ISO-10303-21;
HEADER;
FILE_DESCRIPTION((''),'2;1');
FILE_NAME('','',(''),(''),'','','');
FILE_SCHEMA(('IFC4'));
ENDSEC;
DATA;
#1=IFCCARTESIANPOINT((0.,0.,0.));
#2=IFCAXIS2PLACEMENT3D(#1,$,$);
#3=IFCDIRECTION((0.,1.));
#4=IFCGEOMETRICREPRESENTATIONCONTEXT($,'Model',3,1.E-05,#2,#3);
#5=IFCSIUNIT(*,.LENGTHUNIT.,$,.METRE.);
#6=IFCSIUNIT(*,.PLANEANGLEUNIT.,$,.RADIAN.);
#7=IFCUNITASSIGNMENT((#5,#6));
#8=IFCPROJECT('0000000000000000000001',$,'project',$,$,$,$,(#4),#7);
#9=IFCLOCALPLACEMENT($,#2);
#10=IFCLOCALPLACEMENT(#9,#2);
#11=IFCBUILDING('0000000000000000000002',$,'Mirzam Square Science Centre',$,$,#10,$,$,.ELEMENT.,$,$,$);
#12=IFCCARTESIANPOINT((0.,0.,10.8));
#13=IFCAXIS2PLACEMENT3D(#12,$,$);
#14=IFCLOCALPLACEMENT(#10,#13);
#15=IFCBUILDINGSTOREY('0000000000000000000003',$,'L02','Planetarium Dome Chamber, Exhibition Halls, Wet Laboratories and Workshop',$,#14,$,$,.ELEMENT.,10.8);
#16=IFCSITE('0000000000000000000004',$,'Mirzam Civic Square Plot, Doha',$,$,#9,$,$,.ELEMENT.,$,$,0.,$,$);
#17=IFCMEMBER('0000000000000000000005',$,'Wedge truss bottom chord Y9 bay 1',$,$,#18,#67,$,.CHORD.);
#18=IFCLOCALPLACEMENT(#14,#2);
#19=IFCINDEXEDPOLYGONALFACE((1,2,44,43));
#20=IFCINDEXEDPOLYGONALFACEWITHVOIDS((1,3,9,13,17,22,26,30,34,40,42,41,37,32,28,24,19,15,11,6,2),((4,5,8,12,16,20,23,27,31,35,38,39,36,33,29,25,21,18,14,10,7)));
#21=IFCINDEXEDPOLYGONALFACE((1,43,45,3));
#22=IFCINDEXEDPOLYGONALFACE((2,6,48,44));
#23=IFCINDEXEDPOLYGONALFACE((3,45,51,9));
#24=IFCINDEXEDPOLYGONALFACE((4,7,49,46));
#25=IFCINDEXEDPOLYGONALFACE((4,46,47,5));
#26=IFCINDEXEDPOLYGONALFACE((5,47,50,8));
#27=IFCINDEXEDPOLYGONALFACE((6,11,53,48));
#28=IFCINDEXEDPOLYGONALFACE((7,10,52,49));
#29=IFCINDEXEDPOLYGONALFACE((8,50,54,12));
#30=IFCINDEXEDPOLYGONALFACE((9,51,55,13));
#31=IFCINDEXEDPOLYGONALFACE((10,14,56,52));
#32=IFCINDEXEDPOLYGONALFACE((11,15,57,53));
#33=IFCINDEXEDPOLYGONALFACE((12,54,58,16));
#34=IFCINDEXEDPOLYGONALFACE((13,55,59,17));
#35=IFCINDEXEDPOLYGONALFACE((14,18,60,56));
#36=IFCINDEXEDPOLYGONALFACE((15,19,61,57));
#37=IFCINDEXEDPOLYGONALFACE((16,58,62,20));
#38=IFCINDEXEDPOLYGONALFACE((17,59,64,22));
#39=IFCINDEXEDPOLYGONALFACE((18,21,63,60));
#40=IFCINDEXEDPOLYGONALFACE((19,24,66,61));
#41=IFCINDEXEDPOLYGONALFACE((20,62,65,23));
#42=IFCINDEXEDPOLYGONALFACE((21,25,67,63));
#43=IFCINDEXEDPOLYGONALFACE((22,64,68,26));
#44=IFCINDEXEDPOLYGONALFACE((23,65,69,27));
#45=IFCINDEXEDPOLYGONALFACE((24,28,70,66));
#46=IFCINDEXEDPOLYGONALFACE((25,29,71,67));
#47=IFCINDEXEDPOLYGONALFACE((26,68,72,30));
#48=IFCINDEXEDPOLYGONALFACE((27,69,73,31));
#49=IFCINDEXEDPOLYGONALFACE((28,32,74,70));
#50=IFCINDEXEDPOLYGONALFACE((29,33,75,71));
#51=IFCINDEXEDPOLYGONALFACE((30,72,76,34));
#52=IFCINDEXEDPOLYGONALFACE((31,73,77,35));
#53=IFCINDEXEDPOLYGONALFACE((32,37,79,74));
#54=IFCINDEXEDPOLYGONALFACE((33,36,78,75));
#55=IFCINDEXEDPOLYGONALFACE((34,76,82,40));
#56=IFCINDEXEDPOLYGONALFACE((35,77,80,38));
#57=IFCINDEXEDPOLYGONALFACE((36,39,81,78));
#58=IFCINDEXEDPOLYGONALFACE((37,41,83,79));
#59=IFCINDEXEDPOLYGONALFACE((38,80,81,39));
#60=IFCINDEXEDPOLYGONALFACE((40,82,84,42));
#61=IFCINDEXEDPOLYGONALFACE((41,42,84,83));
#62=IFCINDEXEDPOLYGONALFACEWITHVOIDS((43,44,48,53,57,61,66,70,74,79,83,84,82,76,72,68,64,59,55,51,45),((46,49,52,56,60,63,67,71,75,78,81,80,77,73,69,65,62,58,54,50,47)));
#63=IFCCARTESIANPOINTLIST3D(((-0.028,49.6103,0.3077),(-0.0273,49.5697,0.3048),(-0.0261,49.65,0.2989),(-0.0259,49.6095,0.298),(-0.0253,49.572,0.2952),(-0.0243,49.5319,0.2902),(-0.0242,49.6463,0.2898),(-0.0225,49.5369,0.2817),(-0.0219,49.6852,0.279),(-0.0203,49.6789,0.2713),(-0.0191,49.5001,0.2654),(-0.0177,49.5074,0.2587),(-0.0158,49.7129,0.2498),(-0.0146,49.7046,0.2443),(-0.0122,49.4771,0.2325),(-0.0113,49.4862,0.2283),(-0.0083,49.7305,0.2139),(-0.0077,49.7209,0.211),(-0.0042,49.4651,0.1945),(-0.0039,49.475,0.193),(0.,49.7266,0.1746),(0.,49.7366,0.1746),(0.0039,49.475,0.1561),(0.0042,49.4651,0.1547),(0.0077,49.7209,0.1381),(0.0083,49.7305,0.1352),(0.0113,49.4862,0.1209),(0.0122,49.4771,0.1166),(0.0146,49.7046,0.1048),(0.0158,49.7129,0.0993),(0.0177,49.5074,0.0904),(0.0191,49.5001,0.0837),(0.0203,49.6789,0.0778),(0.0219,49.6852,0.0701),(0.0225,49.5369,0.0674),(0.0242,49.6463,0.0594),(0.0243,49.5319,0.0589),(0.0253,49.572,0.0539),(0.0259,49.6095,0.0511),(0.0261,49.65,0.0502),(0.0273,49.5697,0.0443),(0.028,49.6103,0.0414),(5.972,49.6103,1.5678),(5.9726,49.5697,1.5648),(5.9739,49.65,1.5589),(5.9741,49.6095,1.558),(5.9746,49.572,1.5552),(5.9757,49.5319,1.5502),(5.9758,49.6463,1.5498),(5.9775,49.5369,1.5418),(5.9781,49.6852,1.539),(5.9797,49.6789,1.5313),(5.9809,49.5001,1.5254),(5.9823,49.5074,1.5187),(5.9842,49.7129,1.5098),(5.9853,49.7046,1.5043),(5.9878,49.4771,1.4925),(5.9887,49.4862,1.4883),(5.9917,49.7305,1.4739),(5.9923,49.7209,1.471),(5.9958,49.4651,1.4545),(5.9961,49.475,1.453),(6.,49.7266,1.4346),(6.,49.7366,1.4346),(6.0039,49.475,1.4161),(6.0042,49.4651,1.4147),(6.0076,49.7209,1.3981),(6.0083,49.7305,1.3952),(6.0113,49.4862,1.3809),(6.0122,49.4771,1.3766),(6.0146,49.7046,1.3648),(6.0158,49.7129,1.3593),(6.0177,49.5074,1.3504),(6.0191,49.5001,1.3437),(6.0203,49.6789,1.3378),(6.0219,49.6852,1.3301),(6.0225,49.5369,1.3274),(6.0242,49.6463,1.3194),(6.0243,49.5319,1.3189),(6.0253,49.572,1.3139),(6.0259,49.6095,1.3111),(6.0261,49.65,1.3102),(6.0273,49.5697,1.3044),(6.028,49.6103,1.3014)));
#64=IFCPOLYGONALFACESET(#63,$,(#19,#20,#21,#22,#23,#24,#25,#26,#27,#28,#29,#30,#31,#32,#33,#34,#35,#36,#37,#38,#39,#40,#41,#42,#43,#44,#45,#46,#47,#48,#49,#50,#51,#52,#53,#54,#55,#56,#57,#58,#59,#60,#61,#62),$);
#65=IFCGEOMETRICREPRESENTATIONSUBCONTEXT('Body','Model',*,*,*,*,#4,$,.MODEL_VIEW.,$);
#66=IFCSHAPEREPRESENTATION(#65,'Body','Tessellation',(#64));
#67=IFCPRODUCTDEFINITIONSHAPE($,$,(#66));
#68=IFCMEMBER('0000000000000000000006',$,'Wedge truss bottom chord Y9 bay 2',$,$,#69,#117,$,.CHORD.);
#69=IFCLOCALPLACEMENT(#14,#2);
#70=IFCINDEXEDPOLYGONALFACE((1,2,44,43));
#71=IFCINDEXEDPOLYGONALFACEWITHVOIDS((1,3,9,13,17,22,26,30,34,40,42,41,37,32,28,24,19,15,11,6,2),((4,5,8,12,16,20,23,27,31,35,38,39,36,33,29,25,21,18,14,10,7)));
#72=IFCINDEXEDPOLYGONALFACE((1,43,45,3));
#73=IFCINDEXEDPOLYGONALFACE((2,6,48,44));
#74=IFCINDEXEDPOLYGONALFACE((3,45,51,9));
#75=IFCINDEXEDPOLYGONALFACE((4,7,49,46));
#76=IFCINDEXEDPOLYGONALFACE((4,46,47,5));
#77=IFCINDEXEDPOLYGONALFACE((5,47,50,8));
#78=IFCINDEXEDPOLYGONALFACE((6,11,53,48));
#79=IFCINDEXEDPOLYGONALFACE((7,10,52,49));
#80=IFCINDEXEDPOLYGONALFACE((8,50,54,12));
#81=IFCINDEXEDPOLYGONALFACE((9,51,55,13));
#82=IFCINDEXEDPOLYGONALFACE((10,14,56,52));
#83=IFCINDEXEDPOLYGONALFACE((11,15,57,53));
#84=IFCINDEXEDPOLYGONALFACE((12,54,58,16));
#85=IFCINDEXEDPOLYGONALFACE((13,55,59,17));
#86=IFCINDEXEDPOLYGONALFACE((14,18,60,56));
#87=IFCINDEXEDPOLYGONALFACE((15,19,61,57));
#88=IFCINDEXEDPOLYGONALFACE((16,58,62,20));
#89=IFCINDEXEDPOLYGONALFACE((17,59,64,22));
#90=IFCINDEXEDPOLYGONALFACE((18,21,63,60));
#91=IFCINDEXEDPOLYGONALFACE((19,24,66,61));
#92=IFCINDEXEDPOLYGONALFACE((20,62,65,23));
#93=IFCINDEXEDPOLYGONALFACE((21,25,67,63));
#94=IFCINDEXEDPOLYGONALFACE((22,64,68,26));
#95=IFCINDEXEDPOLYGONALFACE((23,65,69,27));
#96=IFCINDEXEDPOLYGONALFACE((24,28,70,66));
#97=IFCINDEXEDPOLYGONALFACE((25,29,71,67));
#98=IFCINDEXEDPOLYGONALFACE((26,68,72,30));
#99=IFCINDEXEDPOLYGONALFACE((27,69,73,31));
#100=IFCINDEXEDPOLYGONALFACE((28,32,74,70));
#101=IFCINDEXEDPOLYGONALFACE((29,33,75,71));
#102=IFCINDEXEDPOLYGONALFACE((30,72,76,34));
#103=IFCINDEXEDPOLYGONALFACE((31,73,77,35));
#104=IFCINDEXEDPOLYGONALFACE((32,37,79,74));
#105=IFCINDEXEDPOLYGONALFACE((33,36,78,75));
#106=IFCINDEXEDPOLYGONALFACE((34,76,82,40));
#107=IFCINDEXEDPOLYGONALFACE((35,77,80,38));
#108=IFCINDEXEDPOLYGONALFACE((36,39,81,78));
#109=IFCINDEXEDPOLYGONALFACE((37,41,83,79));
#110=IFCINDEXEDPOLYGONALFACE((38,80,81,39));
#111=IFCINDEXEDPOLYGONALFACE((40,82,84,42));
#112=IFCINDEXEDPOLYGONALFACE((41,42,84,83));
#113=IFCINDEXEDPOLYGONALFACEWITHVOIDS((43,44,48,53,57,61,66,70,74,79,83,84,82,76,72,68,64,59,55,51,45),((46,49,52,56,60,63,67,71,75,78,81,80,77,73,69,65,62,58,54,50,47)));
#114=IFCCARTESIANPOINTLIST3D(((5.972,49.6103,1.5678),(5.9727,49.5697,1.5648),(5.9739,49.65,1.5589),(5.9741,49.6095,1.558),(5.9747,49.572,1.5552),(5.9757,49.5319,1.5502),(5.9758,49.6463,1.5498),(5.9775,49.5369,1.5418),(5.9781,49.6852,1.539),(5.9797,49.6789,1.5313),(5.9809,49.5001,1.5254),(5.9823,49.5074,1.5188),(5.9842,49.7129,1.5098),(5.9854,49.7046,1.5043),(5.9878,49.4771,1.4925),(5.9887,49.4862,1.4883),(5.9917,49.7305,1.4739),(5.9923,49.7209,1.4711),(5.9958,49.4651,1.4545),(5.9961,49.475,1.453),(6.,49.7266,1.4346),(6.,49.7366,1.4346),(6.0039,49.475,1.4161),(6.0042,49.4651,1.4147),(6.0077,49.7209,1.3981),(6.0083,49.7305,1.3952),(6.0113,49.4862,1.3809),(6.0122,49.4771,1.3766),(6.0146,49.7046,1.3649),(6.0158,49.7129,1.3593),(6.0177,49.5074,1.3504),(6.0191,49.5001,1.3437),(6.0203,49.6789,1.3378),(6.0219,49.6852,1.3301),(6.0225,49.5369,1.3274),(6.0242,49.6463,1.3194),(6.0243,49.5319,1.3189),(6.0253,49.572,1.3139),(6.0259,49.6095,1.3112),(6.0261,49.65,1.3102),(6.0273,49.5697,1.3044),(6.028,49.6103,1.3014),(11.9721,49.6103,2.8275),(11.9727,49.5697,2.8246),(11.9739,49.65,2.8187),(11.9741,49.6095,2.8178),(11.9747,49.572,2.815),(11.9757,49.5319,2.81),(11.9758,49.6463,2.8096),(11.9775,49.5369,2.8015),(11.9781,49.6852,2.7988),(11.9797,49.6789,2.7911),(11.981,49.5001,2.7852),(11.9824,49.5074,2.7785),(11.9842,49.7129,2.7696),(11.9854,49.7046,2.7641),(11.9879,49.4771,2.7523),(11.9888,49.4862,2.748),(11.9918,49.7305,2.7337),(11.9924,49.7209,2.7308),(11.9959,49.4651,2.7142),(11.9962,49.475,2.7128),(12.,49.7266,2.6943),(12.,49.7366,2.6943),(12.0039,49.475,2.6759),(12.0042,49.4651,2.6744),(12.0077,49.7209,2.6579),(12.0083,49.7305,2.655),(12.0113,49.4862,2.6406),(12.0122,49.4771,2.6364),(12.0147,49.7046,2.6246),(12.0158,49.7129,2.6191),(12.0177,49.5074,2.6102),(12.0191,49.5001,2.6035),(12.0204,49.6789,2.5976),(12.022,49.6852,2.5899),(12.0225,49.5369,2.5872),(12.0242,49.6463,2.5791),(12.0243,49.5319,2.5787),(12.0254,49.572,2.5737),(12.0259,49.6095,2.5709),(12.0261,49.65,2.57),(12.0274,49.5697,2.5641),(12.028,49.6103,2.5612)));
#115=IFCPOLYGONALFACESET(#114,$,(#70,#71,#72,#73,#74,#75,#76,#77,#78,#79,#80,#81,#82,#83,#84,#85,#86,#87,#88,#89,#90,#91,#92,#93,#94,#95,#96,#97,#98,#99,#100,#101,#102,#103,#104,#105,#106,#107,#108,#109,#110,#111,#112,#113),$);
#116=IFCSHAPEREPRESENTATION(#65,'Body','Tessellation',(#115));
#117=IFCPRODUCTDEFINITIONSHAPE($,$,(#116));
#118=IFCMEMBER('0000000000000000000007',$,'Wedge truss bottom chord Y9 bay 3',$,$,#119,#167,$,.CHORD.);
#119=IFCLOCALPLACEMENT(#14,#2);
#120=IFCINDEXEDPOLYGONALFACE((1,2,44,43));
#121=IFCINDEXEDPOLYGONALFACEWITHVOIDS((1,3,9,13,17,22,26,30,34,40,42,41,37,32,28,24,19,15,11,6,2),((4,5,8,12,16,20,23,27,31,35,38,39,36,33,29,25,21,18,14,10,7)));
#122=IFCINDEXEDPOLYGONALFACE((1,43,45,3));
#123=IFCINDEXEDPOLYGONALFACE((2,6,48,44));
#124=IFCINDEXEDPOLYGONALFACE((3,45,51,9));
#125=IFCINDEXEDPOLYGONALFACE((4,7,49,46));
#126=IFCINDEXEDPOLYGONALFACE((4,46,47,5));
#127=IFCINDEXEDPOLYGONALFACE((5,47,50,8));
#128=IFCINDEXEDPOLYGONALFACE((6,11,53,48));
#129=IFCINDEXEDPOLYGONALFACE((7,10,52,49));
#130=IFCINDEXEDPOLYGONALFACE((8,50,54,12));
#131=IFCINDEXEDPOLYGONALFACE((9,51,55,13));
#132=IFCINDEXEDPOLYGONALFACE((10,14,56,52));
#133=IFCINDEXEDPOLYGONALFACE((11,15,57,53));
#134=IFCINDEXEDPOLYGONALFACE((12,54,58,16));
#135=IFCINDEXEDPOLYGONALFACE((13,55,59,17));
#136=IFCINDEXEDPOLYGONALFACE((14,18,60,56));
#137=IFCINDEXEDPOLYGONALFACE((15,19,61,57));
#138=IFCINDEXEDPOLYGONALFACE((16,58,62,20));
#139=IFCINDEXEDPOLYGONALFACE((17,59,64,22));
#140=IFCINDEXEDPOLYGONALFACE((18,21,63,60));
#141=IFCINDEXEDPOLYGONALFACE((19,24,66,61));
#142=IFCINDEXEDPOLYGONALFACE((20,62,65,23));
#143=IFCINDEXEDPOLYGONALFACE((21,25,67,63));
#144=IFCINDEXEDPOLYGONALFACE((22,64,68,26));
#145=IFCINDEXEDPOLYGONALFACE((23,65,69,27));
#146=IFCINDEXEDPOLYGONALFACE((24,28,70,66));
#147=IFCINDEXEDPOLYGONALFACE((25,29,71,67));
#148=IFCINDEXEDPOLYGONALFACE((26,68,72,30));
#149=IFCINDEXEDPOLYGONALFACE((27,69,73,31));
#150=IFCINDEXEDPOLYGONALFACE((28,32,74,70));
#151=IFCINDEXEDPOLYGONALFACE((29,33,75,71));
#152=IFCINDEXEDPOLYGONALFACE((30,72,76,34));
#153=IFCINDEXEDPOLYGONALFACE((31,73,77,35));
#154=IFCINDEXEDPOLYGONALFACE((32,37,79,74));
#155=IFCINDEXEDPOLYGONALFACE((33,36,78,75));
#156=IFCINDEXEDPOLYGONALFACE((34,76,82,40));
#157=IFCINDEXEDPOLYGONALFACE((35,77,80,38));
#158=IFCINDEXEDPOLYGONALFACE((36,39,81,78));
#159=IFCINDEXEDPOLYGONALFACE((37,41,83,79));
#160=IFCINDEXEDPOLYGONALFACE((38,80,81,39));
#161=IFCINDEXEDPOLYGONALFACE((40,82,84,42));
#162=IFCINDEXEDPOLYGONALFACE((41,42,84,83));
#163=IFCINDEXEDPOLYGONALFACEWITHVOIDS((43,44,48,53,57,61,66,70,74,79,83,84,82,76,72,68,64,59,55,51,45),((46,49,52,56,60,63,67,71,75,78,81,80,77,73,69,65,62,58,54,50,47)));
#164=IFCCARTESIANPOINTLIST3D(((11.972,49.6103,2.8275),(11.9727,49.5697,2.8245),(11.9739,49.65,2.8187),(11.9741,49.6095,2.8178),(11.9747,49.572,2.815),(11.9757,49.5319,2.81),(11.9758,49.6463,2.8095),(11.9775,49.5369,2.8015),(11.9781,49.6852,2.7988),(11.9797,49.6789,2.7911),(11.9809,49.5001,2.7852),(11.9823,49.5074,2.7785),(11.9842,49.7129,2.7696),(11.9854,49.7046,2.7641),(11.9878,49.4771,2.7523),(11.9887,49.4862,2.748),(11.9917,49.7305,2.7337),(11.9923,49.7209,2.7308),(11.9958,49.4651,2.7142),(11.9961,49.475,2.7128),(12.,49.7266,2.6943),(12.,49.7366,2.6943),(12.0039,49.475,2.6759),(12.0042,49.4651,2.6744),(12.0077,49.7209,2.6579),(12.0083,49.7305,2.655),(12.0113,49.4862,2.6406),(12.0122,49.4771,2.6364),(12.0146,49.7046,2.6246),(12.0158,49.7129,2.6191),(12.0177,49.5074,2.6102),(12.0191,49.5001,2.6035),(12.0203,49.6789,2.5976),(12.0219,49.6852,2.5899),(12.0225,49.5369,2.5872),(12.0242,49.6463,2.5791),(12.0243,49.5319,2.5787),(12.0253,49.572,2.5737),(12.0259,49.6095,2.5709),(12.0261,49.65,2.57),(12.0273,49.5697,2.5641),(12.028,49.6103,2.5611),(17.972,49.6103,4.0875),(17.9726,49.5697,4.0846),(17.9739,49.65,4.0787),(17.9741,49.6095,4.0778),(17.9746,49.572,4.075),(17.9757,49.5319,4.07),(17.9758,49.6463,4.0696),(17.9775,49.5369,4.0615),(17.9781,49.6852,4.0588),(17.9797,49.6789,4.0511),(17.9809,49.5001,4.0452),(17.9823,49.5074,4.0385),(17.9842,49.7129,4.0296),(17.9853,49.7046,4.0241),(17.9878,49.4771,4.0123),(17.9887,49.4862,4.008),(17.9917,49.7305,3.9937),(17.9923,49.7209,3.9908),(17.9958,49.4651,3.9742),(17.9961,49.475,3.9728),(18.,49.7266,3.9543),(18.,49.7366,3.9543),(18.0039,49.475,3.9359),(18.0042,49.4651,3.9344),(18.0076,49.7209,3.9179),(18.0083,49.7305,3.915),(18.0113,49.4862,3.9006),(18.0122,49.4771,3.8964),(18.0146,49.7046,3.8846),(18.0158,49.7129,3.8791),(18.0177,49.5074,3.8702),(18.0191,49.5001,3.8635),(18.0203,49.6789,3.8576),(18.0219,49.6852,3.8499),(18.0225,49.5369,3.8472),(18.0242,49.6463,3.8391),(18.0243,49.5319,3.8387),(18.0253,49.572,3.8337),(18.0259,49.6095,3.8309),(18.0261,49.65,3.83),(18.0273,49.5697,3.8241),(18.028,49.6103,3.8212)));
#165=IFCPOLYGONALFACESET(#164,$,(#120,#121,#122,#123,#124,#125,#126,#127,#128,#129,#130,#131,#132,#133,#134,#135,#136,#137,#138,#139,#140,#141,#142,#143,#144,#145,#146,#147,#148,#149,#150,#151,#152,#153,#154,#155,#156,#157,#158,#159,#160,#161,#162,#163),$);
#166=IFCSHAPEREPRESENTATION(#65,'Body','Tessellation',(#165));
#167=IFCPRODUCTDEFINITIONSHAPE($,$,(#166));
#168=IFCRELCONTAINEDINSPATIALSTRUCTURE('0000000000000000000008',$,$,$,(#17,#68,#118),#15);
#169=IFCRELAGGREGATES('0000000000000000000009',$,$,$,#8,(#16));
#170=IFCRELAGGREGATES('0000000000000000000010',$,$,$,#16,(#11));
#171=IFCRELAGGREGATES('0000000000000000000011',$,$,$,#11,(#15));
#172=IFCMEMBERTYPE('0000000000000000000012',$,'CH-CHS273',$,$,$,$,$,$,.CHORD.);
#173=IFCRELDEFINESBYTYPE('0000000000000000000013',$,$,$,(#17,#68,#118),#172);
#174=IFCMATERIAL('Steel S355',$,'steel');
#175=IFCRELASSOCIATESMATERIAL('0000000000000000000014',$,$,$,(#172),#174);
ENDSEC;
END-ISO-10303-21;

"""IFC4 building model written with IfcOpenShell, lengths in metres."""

from ifc_helpers import new_model, si_unit, direction, frame, origin, origin_2d, place, context, subcontext, project, spatial, hollow_circle, extrude, material, material_profile, profile_set, type_object, element, save


model = new_model("IFC4")

# Units and contexts
model_context = context("Model", 3, precision=1e-05, world=origin(), true_north=direction((0.0, 1.0)))
body_context = subcontext(model_context, "Body", "Model", "MODEL_VIEW")
ifc_project = project(units=[si_unit("LENGTHUNIT", "METRE"), si_unit("PLANEANGLEUNIT", "RADIAN")], contexts=[model_context])

# Site, building, storey
site_placement = place(None, origin())
site = spatial("IfcSite", under=ifc_project, at=site_placement, Name="Mirzam Civic Square Plot, Doha", CompositionType="ELEMENT", RefElevation=0.0)
building_placement = place(site_placement, origin())
building = spatial("IfcBuilding", under=site, at=building_placement, Name="Mirzam Square Science Centre", CompositionType="ELEMENT")
storey_placement = place(building_placement, frame((0.0, 0.0, 10.8)))
storey = spatial("IfcBuildingStorey", under=building, at=storey_placement, Name="L02", Description="Planetarium Dome Chamber, Exhibition Halls, Wet Laboratories and Workshop", CompositionType="ELEMENT", Elevation=10.8)

# Shared definitions
ifc_material_1 = material(Name="Steel S355", Category="steel")

# Members
ifc_material_profile_1 = material_profile(ifc_material_1, hollow_circle(Radius=0.1365, WallThickness=0.01, at=origin_2d()), Name="273.0x10.0CHS")
ifc_profile_set_1 = profile_set([ifc_material_profile_1], Name="Steel S355")
member_type_1 = type_object("IfcMemberType", Name="CH-CHS273", PredefinedType="CHORD", material=ifc_profile_set_1)
for number, where, z_axis, x_axis, name in (
    (1, (0.0, 49.6001, 0.1746), (0.978653, 0.0, 0.205519), (0.0, 1.0, 0.0), "Wedge truss bottom chord Y9 bay 1"),
    (2, (6.0, 49.6001, 1.4346), (0.978661, 0.0, 0.205481), (0.0, 1.0, 0.0), "Wedge truss bottom chord Y9 bay 2"),
    (3, (12.0, 49.6001, 2.6943), (0.978653, 0.0, 0.205519), (0.0, 1.0, 0.0), "Wedge truss bottom chord Y9 bay 3"),
):
    element("IfcMember", number, at=place(storey_placement, frame(where, z_axis=z_axis, x_axis=x_axis)), inside=storey, type_object=member_type_1, Name=name, PredefinedType="CHORD", context=body_context, shape_type="SweptSolid", body=[
        extrude(hollow_circle(Radius=0.1365, WallThickness=0.01, at=origin_2d()), origin(), (0.0, 0.0, 1.0), 6.1309),
    ])

save(model, "model.ifc")
